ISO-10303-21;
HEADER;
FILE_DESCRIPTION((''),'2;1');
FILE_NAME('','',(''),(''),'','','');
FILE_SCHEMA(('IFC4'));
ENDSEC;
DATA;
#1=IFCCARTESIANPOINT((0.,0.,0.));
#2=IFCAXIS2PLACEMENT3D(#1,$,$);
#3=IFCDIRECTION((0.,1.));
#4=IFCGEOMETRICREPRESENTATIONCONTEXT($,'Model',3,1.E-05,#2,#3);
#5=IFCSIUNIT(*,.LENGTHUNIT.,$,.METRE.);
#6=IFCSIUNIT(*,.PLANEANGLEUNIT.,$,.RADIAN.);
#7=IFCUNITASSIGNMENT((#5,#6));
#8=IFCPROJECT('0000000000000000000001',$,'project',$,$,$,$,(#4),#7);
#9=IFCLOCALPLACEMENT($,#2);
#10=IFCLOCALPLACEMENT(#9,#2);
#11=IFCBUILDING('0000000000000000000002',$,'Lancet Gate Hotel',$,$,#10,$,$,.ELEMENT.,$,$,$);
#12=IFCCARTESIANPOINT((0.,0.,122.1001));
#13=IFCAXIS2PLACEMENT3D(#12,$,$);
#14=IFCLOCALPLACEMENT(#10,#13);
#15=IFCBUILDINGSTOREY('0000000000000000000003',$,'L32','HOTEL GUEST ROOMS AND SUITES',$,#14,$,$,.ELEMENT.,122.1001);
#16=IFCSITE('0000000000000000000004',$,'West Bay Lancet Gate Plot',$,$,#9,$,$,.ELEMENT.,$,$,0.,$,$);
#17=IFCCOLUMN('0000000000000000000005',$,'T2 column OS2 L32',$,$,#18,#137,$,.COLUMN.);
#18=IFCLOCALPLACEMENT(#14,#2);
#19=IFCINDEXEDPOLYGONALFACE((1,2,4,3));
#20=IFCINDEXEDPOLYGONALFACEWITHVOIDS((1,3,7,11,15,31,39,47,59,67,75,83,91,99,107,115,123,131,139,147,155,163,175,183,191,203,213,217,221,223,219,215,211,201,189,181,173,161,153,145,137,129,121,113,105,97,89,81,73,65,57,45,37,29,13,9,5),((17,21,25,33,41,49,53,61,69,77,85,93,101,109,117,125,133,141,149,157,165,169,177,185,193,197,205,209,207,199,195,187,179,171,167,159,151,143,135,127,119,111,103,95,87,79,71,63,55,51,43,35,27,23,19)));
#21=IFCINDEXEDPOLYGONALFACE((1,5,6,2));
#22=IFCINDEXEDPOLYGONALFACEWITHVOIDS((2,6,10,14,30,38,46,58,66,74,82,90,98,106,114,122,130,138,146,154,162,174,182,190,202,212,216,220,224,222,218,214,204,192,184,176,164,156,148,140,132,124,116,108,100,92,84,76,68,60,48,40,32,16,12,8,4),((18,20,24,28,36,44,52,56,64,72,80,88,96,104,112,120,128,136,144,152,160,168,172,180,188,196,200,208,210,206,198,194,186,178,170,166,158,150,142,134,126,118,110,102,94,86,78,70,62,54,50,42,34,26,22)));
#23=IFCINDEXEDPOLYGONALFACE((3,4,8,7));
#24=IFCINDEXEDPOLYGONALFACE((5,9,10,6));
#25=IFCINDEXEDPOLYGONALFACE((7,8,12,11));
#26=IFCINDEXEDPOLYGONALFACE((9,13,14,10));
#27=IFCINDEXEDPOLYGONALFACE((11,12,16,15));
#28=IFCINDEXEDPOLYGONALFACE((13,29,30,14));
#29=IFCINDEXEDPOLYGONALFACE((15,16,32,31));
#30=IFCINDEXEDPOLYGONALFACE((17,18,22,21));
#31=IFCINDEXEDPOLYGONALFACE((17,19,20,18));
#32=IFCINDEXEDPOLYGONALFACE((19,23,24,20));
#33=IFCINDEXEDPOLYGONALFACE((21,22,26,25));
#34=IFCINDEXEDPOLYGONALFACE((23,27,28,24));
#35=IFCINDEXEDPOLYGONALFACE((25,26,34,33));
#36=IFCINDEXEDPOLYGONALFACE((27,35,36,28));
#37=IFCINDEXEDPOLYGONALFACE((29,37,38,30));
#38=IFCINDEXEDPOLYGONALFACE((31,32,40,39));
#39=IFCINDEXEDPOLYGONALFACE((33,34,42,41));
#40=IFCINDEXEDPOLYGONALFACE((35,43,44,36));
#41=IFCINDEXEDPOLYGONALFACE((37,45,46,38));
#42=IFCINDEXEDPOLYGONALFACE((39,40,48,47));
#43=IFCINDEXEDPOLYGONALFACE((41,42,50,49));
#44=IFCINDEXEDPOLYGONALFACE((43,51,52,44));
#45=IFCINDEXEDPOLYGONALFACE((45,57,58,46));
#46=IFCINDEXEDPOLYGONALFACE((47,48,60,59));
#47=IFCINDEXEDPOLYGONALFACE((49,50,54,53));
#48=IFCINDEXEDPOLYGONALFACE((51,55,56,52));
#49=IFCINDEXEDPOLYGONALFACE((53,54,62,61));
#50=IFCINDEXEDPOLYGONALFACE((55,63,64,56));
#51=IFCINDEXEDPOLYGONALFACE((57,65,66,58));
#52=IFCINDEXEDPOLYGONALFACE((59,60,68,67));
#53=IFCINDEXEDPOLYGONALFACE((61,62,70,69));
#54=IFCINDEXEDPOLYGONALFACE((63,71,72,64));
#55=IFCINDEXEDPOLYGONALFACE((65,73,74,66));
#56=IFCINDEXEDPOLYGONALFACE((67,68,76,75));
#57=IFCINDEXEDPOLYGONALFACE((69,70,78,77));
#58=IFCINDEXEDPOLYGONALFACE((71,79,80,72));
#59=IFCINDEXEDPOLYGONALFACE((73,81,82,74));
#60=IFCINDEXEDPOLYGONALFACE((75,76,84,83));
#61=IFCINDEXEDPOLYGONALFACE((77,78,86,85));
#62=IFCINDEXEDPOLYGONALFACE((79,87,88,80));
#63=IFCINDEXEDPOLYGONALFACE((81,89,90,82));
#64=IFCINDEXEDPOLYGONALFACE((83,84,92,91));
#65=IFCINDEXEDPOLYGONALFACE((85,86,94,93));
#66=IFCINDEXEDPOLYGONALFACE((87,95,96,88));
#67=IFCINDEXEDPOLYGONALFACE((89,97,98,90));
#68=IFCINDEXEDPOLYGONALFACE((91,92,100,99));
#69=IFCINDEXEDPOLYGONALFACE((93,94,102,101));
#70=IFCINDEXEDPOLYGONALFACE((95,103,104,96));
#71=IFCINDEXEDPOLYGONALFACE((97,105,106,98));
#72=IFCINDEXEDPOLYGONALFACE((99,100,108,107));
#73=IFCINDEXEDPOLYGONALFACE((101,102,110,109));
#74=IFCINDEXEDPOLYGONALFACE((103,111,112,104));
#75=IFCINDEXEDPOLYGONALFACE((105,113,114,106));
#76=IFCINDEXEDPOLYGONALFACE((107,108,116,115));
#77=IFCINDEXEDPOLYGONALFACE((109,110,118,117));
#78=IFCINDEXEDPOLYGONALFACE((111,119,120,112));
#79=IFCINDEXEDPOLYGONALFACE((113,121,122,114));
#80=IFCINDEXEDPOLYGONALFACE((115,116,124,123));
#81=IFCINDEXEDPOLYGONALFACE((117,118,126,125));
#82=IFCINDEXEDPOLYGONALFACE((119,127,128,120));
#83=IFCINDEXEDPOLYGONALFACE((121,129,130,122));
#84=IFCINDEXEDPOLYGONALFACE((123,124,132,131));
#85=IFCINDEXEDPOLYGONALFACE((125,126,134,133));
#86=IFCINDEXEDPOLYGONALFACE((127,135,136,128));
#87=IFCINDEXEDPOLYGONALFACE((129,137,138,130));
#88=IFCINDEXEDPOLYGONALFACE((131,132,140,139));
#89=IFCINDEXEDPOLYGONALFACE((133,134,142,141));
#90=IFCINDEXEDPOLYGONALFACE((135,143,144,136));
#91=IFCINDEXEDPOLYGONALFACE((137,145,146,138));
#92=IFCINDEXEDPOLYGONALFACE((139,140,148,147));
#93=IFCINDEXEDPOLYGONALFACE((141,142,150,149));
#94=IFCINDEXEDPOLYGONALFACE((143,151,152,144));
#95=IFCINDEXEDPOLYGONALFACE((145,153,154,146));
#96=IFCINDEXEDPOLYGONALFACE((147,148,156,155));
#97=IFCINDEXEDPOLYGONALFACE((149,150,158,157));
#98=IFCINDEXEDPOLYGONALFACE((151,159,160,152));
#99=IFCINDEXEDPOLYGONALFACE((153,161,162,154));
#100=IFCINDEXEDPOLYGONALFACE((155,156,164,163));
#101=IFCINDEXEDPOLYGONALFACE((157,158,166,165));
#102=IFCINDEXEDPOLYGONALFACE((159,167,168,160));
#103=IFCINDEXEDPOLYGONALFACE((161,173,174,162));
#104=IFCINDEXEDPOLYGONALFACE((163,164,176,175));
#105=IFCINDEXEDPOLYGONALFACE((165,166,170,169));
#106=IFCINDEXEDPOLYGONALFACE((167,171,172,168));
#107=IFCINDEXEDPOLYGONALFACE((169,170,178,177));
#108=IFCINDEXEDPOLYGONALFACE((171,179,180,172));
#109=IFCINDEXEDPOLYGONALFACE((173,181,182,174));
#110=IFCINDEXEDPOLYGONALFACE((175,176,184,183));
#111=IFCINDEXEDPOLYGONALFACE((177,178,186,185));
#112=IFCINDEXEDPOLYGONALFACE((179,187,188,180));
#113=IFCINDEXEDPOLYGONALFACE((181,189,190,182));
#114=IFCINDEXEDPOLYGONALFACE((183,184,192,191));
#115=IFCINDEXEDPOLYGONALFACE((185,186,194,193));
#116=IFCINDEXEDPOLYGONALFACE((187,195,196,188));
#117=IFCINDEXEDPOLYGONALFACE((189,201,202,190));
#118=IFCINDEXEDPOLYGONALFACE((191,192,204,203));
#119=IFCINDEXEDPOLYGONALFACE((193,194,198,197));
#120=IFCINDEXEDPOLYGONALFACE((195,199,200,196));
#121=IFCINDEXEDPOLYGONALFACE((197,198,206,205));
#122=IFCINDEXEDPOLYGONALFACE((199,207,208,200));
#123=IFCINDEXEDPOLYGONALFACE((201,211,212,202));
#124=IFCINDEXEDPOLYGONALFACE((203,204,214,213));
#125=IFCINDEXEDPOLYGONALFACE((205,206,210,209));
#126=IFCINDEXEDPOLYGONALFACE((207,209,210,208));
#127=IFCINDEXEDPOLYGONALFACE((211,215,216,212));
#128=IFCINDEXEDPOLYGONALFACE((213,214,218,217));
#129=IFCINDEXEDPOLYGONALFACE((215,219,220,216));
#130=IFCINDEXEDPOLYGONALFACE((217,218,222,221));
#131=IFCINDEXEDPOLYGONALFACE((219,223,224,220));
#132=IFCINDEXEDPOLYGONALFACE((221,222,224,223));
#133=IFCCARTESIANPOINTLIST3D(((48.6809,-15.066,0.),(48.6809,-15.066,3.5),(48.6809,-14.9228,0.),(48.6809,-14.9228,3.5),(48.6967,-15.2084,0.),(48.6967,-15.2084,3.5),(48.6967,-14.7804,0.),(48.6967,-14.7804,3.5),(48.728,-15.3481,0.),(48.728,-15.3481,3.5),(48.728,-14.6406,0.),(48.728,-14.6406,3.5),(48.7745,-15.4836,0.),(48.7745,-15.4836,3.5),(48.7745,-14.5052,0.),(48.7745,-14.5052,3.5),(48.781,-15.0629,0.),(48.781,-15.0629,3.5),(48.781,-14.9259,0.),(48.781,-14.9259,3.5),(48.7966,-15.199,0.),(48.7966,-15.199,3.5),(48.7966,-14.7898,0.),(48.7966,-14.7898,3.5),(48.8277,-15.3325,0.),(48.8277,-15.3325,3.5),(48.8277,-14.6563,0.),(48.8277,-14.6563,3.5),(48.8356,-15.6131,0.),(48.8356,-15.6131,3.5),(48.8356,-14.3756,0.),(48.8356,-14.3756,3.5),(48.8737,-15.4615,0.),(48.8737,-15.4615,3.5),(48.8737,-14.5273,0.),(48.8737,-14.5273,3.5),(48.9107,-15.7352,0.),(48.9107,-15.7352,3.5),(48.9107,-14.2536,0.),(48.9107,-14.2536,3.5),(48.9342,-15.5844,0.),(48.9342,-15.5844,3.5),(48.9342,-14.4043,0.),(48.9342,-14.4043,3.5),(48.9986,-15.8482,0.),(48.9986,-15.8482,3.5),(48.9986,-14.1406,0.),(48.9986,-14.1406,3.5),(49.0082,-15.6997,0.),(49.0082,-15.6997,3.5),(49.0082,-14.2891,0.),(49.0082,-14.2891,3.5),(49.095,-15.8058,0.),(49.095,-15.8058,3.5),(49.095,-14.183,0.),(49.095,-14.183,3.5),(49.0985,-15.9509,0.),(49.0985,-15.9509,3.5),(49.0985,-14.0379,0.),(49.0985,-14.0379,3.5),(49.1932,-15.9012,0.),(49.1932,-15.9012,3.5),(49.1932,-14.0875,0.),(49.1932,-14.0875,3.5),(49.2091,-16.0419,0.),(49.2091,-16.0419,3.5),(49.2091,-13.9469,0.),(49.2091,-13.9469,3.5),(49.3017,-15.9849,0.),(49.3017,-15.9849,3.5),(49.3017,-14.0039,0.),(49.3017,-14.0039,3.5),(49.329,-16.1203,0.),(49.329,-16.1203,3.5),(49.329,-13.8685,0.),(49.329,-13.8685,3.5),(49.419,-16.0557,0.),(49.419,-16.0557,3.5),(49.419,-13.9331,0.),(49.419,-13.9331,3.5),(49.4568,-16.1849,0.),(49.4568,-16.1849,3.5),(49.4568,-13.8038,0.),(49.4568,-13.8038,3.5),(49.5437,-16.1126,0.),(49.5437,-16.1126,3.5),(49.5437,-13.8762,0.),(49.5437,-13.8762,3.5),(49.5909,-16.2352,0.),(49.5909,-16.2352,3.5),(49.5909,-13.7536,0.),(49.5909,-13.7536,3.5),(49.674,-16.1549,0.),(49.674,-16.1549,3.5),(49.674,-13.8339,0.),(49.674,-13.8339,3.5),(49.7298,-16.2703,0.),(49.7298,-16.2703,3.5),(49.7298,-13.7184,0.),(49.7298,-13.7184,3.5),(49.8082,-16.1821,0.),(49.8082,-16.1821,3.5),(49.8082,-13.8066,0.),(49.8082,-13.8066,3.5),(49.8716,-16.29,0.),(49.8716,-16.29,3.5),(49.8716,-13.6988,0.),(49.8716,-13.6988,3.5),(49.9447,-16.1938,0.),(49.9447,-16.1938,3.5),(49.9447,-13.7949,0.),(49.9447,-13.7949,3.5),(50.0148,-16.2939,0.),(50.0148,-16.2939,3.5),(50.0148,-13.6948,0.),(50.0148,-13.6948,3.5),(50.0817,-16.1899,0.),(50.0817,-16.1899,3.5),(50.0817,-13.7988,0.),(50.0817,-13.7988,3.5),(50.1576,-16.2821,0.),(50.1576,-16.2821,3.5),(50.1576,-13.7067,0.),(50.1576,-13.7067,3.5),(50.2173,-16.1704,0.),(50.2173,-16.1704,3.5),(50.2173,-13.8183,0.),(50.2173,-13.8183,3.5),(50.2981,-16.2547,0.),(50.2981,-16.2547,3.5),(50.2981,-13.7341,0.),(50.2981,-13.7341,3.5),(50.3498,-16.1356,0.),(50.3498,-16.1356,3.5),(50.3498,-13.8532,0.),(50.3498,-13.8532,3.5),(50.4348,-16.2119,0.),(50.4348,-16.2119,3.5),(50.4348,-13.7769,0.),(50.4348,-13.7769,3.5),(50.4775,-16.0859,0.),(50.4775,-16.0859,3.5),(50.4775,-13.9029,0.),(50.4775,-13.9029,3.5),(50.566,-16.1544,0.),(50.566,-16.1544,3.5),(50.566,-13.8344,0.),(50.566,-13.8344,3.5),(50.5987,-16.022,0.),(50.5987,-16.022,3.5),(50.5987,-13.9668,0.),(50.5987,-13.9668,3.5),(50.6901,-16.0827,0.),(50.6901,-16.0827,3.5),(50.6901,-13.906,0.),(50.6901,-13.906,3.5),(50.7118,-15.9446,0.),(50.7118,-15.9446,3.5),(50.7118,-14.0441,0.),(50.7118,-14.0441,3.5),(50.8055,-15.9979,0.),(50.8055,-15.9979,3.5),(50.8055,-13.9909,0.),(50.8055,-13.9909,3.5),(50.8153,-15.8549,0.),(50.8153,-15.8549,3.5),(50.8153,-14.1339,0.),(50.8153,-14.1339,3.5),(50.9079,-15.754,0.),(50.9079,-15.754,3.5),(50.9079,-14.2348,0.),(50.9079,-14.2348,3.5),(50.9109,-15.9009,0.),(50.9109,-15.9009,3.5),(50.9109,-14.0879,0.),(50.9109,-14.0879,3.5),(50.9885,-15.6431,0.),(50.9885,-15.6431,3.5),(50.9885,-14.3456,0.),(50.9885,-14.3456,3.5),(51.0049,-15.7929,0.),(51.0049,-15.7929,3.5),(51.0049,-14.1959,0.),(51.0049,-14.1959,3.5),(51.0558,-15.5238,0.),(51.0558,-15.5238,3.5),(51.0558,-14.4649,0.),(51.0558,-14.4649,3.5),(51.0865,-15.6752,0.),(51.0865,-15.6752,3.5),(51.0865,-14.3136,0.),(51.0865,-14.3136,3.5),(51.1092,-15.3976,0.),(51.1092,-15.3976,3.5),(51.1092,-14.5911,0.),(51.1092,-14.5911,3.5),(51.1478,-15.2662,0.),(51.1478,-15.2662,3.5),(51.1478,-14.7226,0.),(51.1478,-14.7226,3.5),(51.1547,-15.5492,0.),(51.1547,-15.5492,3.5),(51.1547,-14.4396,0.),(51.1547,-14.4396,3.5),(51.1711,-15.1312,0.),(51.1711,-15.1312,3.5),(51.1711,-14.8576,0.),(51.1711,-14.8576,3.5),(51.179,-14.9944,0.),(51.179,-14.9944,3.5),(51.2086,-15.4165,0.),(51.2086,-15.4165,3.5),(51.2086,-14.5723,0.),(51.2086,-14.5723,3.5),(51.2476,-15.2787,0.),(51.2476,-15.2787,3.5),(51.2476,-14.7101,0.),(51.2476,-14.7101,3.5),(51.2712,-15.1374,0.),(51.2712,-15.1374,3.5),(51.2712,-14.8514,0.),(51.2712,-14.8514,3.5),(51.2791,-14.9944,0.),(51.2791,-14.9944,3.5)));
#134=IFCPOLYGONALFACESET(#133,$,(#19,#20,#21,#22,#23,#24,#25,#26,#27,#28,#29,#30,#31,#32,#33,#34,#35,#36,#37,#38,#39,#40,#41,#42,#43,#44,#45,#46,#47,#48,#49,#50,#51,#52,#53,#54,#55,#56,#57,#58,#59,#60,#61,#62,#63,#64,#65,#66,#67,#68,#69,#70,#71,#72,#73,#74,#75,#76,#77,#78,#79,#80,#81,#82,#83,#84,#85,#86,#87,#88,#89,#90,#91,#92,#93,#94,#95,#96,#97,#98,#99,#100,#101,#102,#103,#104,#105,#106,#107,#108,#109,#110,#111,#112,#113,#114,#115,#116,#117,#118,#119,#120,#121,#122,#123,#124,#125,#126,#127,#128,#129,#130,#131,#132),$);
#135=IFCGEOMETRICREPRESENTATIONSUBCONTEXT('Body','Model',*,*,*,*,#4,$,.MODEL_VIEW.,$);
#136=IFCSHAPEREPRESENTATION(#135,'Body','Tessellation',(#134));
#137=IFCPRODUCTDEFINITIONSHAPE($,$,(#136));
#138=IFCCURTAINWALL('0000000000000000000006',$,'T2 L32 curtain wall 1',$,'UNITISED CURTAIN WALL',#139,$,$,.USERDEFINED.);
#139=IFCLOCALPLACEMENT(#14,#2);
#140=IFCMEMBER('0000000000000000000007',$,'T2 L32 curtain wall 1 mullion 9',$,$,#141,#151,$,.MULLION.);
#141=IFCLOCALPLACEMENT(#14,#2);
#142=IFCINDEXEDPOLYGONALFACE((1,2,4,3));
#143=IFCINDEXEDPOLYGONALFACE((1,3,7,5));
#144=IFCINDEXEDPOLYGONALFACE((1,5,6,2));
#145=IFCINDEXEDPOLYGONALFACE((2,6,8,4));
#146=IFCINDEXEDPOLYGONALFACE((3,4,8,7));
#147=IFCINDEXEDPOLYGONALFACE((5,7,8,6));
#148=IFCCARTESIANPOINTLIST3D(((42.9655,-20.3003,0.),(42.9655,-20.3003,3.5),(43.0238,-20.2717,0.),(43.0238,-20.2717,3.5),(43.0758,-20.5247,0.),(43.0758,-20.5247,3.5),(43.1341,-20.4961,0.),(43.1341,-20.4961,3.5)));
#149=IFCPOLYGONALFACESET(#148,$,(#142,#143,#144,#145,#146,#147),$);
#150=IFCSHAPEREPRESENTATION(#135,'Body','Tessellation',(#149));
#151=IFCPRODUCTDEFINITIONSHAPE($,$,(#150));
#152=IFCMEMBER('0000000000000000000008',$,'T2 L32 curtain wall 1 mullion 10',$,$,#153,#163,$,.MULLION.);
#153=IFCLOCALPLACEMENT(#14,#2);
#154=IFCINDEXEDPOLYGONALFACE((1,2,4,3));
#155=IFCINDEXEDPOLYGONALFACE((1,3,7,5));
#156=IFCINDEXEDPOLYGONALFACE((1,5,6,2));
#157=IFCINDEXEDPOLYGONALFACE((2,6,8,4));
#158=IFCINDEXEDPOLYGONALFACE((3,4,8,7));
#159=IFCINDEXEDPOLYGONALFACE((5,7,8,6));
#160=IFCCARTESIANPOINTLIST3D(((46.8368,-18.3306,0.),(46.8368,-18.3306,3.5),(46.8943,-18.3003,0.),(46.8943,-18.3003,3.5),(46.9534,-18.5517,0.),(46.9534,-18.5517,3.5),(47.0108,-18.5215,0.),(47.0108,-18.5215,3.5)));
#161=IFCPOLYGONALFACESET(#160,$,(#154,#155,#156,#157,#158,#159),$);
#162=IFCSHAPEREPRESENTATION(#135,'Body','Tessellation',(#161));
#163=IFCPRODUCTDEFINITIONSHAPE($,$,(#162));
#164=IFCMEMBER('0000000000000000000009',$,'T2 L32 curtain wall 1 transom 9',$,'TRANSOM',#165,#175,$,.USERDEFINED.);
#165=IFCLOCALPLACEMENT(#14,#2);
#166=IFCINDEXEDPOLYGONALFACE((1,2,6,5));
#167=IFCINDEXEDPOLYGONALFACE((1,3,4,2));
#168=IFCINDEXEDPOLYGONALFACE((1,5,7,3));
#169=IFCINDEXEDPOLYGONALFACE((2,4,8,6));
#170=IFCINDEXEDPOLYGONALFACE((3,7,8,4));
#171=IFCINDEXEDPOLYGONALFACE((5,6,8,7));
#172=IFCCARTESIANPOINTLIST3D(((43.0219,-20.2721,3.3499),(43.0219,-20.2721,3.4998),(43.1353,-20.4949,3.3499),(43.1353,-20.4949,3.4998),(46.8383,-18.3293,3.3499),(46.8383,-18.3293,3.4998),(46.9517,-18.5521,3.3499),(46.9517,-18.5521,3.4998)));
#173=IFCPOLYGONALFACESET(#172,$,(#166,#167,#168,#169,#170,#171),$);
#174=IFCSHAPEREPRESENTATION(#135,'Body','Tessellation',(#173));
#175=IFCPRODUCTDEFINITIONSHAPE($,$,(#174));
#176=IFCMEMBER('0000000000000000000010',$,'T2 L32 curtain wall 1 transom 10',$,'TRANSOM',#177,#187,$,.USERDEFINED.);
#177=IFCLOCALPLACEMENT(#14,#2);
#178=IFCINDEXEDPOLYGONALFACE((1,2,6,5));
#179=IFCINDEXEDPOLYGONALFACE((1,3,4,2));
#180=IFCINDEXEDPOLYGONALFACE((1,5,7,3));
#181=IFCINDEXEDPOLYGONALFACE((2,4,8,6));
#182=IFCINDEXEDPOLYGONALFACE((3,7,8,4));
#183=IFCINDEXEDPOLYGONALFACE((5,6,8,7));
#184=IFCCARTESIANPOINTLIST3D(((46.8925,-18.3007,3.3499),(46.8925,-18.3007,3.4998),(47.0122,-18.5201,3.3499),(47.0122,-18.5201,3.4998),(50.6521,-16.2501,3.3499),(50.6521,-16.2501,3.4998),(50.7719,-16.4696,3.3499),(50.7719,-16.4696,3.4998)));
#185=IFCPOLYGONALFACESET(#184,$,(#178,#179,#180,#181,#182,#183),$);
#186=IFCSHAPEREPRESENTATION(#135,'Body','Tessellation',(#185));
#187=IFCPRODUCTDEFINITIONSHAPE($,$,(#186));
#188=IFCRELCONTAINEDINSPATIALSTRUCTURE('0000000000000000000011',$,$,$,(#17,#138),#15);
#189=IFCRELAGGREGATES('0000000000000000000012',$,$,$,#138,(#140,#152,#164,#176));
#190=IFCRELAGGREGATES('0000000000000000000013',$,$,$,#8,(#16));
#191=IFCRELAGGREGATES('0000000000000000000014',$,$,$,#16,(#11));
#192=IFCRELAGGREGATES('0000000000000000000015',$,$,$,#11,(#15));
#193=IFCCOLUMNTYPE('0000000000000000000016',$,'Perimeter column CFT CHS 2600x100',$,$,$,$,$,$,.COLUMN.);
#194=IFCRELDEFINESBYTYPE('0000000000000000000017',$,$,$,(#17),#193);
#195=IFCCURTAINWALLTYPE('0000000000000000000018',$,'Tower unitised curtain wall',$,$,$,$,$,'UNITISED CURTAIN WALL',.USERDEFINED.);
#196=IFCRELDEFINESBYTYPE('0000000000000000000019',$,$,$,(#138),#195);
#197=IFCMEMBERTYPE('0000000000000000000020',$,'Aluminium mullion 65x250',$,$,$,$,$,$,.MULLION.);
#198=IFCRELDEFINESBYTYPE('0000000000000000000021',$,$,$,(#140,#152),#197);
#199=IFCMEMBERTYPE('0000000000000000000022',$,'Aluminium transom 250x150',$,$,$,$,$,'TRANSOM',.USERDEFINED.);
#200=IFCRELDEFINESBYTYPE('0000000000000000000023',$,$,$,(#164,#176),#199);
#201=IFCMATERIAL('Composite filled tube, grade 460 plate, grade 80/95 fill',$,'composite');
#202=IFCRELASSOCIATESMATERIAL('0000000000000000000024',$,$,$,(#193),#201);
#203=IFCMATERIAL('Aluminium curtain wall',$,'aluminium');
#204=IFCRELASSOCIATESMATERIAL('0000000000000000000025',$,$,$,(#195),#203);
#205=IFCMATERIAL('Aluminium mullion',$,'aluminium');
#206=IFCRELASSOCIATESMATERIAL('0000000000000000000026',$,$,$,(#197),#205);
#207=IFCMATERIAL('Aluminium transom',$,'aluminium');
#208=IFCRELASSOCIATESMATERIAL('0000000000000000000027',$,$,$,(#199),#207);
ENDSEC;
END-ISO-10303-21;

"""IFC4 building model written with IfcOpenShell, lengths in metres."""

from ifc_helpers import new_model, si_unit, direction, frame, origin, origin_2d, place, context, subcontext, project, spatial, rectangle, hollow_circle, extrude, material, material_profile, profile_set, type_object, element, aggregate, save


model = new_model("IFC4")

# Units and contexts
model_context = context("Model", 3, precision=1e-05, world=origin(), true_north=direction((0.0, 1.0)))
body_context = subcontext(model_context, "Body", "Model", "MODEL_VIEW")
ifc_project = project(units=[si_unit("LENGTHUNIT", "METRE"), si_unit("PLANEANGLEUNIT", "RADIAN")], contexts=[model_context])

# Site, building, storey
site_placement = place(None, origin())
site = spatial("IfcSite", under=ifc_project, at=site_placement, Name="West Bay Lancet Gate Plot", CompositionType="ELEMENT", RefElevation=0.0)
building_placement = place(site_placement, origin())
building = spatial("IfcBuilding", under=site, at=building_placement, Name="Lancet Gate Hotel", CompositionType="ELEMENT")
storey_placement = place(building_placement, frame((0.0, 0.0, 122.1001)))
storey = spatial("IfcBuildingStorey", under=building, at=storey_placement, Name="L32", Description="HOTEL GUEST ROOMS AND SUITES", CompositionType="ELEMENT", Elevation=122.1001)

# Column
ifc_material_1 = material(Name="Composite filled tube, grade 460 plate, grade 80/95 fill", Category="composite")
ifc_material_profile_1 = material_profile(ifc_material_1, hollow_circle(Radius=1.3, WallThickness=0.1001, at=origin_2d()), Name="CHS 2600x100")
ifc_profile_set_1 = profile_set([ifc_material_profile_1], Name="Composite filled tube, grade 460 plate, grade 80/95 fill")
column_type = type_object("IfcColumnType", Name="Perimeter column CFT CHS 2600x100", PredefinedType="COLUMN", material=ifc_profile_set_1)
for number, where, z_axis, x_axis, name in (
    (1, (49.979, -14.9944, 0.0), (0.0, 0.0, 1.0), (1.0, 0.0, 0.0), "T2 column OS2 L32"),
):
    element("IfcColumn", number, at=place(storey_placement, frame(where, z_axis=z_axis, x_axis=x_axis)), inside=storey, type_object=column_type, Name=name, PredefinedType="COLUMN", context=body_context, shape_type="SweptSolid", body=[
        extrude(hollow_circle(Radius=1.3, WallThickness=0.1001, at=origin_2d()), origin(), (0.0, 0.0, 1.0), 3.5),
    ])

# Curtain wall, members
ifc_material_2 = material(Name="Aluminium curtain wall", Category="aluminium")
curtain_wall_type = type_object("IfcCurtainWallType", Name="Tower unitised curtain wall", ElementType="UNITISED CURTAIN WALL", PredefinedType="USERDEFINED", material=ifc_material_2)
curtain_wall_placement = place(storey_placement, origin())
curtain_wall = element("IfcCurtainWall", 2, at=curtain_wall_placement, inside=storey, type_object=curtain_wall_type, Name="T2 L32 curtain wall 1", ObjectType="UNITISED CURTAIN WALL", PredefinedType="USERDEFINED")
ifc_material_3 = material(Name="Aluminium mullion", Category="aluminium")
ifc_material_profile_2 = material_profile(ifc_material_3, rectangle(XDim=0.0649, YDim=0.25, at=origin_2d()), Name="MULLION 65x250")
ifc_profile_set_2 = profile_set([ifc_material_profile_2], Name="Aluminium mullion")
member_type_1 = type_object("IfcMemberType", Name="Aluminium mullion 65x250", PredefinedType="MULLION", material=ifc_profile_set_2)
member_1_placement = place(storey_placement, frame((43.0498, -20.3982, 0.0), z_axis=(0.0, 0.0, 1.0), x_axis=(0.897512, 0.44099, 0.0)))
member_1 = element("IfcMember", 3, at=member_1_placement, type_object=member_type_1, Name="T2 L32 curtain wall 1 mullion 9", PredefinedType="MULLION", context=body_context, shape_type="SweptSolid", body=[
    extrude(rectangle(XDim=0.0649, YDim=0.25, at=origin_2d()), origin(), (0.0, 0.0, 1.0), 3.5),
])
member_2_placement = place(storey_placement, frame((46.9238, -18.426, 0.0), z_axis=(0.0, 0.0, 1.0), x_axis=(0.884627, 0.466299, 0.0)))
member_2 = element("IfcMember", 4, at=member_2_placement, type_object=member_type_1, Name="T2 L32 curtain wall 1 mullion 10", PredefinedType="MULLION", context=body_context, shape_type="SweptSolid", body=[
    extrude(rectangle(XDim=0.0649, YDim=0.25, at=origin_2d()), origin(), (0.0, 0.0, 1.0), 3.5),
])
ifc_material_4 = material(Name="Aluminium transom", Category="aluminium")
ifc_material_profile_3 = material_profile(ifc_material_4, rectangle(XDim=0.25, YDim=0.1499, at=origin_2d()), Name="TRANSOM 250x150")
ifc_profile_set_3 = profile_set([ifc_material_profile_3], Name="Aluminium transom")
member_type_2 = type_object("IfcMemberType", Name="Aluminium transom 250x150", ElementType="TRANSOM", PredefinedType="USERDEFINED", material=ifc_profile_set_3)
member_3_placement = place(storey_placement, frame((43.0786, -20.3835, 3.4248), z_axis=(0.891166, 0.453678, 0.0), x_axis=(-0.453678, 0.891166, 0.0)))
member_3 = element("IfcMember", 5, at=member_3_placement, type_object=member_type_2, Name="T2 L32 curtain wall 1 transom 9", ObjectType="TRANSOM", PredefinedType="USERDEFINED", context=body_context, shape_type="SweptSolid", body=[
    extrude(rectangle(XDim=0.25, YDim=0.1499, at=origin_2d()), origin(), (0.0, 0.0, 1.0), 4.2825),
])
member_4_placement = place(storey_placement, frame((46.9524, -18.4104, 3.4248), z_axis=(0.877906, 0.478832, 0.0), x_axis=(-0.478832, 0.877906, 0.0)))
member_4 = element("IfcMember", 6, at=member_4_placement, type_object=member_type_2, Name="T2 L32 curtain wall 1 transom 10", ObjectType="TRANSOM", PredefinedType="USERDEFINED", context=body_context, shape_type="SweptSolid", body=[
    extrude(rectangle(XDim=0.25, YDim=0.1499, at=origin_2d()), origin(), (0.0, 0.0, 1.0), 4.2825),
])

aggregate(curtain_wall, [member_1, member_2, member_3, member_4])

save(model, "model.ifc")
